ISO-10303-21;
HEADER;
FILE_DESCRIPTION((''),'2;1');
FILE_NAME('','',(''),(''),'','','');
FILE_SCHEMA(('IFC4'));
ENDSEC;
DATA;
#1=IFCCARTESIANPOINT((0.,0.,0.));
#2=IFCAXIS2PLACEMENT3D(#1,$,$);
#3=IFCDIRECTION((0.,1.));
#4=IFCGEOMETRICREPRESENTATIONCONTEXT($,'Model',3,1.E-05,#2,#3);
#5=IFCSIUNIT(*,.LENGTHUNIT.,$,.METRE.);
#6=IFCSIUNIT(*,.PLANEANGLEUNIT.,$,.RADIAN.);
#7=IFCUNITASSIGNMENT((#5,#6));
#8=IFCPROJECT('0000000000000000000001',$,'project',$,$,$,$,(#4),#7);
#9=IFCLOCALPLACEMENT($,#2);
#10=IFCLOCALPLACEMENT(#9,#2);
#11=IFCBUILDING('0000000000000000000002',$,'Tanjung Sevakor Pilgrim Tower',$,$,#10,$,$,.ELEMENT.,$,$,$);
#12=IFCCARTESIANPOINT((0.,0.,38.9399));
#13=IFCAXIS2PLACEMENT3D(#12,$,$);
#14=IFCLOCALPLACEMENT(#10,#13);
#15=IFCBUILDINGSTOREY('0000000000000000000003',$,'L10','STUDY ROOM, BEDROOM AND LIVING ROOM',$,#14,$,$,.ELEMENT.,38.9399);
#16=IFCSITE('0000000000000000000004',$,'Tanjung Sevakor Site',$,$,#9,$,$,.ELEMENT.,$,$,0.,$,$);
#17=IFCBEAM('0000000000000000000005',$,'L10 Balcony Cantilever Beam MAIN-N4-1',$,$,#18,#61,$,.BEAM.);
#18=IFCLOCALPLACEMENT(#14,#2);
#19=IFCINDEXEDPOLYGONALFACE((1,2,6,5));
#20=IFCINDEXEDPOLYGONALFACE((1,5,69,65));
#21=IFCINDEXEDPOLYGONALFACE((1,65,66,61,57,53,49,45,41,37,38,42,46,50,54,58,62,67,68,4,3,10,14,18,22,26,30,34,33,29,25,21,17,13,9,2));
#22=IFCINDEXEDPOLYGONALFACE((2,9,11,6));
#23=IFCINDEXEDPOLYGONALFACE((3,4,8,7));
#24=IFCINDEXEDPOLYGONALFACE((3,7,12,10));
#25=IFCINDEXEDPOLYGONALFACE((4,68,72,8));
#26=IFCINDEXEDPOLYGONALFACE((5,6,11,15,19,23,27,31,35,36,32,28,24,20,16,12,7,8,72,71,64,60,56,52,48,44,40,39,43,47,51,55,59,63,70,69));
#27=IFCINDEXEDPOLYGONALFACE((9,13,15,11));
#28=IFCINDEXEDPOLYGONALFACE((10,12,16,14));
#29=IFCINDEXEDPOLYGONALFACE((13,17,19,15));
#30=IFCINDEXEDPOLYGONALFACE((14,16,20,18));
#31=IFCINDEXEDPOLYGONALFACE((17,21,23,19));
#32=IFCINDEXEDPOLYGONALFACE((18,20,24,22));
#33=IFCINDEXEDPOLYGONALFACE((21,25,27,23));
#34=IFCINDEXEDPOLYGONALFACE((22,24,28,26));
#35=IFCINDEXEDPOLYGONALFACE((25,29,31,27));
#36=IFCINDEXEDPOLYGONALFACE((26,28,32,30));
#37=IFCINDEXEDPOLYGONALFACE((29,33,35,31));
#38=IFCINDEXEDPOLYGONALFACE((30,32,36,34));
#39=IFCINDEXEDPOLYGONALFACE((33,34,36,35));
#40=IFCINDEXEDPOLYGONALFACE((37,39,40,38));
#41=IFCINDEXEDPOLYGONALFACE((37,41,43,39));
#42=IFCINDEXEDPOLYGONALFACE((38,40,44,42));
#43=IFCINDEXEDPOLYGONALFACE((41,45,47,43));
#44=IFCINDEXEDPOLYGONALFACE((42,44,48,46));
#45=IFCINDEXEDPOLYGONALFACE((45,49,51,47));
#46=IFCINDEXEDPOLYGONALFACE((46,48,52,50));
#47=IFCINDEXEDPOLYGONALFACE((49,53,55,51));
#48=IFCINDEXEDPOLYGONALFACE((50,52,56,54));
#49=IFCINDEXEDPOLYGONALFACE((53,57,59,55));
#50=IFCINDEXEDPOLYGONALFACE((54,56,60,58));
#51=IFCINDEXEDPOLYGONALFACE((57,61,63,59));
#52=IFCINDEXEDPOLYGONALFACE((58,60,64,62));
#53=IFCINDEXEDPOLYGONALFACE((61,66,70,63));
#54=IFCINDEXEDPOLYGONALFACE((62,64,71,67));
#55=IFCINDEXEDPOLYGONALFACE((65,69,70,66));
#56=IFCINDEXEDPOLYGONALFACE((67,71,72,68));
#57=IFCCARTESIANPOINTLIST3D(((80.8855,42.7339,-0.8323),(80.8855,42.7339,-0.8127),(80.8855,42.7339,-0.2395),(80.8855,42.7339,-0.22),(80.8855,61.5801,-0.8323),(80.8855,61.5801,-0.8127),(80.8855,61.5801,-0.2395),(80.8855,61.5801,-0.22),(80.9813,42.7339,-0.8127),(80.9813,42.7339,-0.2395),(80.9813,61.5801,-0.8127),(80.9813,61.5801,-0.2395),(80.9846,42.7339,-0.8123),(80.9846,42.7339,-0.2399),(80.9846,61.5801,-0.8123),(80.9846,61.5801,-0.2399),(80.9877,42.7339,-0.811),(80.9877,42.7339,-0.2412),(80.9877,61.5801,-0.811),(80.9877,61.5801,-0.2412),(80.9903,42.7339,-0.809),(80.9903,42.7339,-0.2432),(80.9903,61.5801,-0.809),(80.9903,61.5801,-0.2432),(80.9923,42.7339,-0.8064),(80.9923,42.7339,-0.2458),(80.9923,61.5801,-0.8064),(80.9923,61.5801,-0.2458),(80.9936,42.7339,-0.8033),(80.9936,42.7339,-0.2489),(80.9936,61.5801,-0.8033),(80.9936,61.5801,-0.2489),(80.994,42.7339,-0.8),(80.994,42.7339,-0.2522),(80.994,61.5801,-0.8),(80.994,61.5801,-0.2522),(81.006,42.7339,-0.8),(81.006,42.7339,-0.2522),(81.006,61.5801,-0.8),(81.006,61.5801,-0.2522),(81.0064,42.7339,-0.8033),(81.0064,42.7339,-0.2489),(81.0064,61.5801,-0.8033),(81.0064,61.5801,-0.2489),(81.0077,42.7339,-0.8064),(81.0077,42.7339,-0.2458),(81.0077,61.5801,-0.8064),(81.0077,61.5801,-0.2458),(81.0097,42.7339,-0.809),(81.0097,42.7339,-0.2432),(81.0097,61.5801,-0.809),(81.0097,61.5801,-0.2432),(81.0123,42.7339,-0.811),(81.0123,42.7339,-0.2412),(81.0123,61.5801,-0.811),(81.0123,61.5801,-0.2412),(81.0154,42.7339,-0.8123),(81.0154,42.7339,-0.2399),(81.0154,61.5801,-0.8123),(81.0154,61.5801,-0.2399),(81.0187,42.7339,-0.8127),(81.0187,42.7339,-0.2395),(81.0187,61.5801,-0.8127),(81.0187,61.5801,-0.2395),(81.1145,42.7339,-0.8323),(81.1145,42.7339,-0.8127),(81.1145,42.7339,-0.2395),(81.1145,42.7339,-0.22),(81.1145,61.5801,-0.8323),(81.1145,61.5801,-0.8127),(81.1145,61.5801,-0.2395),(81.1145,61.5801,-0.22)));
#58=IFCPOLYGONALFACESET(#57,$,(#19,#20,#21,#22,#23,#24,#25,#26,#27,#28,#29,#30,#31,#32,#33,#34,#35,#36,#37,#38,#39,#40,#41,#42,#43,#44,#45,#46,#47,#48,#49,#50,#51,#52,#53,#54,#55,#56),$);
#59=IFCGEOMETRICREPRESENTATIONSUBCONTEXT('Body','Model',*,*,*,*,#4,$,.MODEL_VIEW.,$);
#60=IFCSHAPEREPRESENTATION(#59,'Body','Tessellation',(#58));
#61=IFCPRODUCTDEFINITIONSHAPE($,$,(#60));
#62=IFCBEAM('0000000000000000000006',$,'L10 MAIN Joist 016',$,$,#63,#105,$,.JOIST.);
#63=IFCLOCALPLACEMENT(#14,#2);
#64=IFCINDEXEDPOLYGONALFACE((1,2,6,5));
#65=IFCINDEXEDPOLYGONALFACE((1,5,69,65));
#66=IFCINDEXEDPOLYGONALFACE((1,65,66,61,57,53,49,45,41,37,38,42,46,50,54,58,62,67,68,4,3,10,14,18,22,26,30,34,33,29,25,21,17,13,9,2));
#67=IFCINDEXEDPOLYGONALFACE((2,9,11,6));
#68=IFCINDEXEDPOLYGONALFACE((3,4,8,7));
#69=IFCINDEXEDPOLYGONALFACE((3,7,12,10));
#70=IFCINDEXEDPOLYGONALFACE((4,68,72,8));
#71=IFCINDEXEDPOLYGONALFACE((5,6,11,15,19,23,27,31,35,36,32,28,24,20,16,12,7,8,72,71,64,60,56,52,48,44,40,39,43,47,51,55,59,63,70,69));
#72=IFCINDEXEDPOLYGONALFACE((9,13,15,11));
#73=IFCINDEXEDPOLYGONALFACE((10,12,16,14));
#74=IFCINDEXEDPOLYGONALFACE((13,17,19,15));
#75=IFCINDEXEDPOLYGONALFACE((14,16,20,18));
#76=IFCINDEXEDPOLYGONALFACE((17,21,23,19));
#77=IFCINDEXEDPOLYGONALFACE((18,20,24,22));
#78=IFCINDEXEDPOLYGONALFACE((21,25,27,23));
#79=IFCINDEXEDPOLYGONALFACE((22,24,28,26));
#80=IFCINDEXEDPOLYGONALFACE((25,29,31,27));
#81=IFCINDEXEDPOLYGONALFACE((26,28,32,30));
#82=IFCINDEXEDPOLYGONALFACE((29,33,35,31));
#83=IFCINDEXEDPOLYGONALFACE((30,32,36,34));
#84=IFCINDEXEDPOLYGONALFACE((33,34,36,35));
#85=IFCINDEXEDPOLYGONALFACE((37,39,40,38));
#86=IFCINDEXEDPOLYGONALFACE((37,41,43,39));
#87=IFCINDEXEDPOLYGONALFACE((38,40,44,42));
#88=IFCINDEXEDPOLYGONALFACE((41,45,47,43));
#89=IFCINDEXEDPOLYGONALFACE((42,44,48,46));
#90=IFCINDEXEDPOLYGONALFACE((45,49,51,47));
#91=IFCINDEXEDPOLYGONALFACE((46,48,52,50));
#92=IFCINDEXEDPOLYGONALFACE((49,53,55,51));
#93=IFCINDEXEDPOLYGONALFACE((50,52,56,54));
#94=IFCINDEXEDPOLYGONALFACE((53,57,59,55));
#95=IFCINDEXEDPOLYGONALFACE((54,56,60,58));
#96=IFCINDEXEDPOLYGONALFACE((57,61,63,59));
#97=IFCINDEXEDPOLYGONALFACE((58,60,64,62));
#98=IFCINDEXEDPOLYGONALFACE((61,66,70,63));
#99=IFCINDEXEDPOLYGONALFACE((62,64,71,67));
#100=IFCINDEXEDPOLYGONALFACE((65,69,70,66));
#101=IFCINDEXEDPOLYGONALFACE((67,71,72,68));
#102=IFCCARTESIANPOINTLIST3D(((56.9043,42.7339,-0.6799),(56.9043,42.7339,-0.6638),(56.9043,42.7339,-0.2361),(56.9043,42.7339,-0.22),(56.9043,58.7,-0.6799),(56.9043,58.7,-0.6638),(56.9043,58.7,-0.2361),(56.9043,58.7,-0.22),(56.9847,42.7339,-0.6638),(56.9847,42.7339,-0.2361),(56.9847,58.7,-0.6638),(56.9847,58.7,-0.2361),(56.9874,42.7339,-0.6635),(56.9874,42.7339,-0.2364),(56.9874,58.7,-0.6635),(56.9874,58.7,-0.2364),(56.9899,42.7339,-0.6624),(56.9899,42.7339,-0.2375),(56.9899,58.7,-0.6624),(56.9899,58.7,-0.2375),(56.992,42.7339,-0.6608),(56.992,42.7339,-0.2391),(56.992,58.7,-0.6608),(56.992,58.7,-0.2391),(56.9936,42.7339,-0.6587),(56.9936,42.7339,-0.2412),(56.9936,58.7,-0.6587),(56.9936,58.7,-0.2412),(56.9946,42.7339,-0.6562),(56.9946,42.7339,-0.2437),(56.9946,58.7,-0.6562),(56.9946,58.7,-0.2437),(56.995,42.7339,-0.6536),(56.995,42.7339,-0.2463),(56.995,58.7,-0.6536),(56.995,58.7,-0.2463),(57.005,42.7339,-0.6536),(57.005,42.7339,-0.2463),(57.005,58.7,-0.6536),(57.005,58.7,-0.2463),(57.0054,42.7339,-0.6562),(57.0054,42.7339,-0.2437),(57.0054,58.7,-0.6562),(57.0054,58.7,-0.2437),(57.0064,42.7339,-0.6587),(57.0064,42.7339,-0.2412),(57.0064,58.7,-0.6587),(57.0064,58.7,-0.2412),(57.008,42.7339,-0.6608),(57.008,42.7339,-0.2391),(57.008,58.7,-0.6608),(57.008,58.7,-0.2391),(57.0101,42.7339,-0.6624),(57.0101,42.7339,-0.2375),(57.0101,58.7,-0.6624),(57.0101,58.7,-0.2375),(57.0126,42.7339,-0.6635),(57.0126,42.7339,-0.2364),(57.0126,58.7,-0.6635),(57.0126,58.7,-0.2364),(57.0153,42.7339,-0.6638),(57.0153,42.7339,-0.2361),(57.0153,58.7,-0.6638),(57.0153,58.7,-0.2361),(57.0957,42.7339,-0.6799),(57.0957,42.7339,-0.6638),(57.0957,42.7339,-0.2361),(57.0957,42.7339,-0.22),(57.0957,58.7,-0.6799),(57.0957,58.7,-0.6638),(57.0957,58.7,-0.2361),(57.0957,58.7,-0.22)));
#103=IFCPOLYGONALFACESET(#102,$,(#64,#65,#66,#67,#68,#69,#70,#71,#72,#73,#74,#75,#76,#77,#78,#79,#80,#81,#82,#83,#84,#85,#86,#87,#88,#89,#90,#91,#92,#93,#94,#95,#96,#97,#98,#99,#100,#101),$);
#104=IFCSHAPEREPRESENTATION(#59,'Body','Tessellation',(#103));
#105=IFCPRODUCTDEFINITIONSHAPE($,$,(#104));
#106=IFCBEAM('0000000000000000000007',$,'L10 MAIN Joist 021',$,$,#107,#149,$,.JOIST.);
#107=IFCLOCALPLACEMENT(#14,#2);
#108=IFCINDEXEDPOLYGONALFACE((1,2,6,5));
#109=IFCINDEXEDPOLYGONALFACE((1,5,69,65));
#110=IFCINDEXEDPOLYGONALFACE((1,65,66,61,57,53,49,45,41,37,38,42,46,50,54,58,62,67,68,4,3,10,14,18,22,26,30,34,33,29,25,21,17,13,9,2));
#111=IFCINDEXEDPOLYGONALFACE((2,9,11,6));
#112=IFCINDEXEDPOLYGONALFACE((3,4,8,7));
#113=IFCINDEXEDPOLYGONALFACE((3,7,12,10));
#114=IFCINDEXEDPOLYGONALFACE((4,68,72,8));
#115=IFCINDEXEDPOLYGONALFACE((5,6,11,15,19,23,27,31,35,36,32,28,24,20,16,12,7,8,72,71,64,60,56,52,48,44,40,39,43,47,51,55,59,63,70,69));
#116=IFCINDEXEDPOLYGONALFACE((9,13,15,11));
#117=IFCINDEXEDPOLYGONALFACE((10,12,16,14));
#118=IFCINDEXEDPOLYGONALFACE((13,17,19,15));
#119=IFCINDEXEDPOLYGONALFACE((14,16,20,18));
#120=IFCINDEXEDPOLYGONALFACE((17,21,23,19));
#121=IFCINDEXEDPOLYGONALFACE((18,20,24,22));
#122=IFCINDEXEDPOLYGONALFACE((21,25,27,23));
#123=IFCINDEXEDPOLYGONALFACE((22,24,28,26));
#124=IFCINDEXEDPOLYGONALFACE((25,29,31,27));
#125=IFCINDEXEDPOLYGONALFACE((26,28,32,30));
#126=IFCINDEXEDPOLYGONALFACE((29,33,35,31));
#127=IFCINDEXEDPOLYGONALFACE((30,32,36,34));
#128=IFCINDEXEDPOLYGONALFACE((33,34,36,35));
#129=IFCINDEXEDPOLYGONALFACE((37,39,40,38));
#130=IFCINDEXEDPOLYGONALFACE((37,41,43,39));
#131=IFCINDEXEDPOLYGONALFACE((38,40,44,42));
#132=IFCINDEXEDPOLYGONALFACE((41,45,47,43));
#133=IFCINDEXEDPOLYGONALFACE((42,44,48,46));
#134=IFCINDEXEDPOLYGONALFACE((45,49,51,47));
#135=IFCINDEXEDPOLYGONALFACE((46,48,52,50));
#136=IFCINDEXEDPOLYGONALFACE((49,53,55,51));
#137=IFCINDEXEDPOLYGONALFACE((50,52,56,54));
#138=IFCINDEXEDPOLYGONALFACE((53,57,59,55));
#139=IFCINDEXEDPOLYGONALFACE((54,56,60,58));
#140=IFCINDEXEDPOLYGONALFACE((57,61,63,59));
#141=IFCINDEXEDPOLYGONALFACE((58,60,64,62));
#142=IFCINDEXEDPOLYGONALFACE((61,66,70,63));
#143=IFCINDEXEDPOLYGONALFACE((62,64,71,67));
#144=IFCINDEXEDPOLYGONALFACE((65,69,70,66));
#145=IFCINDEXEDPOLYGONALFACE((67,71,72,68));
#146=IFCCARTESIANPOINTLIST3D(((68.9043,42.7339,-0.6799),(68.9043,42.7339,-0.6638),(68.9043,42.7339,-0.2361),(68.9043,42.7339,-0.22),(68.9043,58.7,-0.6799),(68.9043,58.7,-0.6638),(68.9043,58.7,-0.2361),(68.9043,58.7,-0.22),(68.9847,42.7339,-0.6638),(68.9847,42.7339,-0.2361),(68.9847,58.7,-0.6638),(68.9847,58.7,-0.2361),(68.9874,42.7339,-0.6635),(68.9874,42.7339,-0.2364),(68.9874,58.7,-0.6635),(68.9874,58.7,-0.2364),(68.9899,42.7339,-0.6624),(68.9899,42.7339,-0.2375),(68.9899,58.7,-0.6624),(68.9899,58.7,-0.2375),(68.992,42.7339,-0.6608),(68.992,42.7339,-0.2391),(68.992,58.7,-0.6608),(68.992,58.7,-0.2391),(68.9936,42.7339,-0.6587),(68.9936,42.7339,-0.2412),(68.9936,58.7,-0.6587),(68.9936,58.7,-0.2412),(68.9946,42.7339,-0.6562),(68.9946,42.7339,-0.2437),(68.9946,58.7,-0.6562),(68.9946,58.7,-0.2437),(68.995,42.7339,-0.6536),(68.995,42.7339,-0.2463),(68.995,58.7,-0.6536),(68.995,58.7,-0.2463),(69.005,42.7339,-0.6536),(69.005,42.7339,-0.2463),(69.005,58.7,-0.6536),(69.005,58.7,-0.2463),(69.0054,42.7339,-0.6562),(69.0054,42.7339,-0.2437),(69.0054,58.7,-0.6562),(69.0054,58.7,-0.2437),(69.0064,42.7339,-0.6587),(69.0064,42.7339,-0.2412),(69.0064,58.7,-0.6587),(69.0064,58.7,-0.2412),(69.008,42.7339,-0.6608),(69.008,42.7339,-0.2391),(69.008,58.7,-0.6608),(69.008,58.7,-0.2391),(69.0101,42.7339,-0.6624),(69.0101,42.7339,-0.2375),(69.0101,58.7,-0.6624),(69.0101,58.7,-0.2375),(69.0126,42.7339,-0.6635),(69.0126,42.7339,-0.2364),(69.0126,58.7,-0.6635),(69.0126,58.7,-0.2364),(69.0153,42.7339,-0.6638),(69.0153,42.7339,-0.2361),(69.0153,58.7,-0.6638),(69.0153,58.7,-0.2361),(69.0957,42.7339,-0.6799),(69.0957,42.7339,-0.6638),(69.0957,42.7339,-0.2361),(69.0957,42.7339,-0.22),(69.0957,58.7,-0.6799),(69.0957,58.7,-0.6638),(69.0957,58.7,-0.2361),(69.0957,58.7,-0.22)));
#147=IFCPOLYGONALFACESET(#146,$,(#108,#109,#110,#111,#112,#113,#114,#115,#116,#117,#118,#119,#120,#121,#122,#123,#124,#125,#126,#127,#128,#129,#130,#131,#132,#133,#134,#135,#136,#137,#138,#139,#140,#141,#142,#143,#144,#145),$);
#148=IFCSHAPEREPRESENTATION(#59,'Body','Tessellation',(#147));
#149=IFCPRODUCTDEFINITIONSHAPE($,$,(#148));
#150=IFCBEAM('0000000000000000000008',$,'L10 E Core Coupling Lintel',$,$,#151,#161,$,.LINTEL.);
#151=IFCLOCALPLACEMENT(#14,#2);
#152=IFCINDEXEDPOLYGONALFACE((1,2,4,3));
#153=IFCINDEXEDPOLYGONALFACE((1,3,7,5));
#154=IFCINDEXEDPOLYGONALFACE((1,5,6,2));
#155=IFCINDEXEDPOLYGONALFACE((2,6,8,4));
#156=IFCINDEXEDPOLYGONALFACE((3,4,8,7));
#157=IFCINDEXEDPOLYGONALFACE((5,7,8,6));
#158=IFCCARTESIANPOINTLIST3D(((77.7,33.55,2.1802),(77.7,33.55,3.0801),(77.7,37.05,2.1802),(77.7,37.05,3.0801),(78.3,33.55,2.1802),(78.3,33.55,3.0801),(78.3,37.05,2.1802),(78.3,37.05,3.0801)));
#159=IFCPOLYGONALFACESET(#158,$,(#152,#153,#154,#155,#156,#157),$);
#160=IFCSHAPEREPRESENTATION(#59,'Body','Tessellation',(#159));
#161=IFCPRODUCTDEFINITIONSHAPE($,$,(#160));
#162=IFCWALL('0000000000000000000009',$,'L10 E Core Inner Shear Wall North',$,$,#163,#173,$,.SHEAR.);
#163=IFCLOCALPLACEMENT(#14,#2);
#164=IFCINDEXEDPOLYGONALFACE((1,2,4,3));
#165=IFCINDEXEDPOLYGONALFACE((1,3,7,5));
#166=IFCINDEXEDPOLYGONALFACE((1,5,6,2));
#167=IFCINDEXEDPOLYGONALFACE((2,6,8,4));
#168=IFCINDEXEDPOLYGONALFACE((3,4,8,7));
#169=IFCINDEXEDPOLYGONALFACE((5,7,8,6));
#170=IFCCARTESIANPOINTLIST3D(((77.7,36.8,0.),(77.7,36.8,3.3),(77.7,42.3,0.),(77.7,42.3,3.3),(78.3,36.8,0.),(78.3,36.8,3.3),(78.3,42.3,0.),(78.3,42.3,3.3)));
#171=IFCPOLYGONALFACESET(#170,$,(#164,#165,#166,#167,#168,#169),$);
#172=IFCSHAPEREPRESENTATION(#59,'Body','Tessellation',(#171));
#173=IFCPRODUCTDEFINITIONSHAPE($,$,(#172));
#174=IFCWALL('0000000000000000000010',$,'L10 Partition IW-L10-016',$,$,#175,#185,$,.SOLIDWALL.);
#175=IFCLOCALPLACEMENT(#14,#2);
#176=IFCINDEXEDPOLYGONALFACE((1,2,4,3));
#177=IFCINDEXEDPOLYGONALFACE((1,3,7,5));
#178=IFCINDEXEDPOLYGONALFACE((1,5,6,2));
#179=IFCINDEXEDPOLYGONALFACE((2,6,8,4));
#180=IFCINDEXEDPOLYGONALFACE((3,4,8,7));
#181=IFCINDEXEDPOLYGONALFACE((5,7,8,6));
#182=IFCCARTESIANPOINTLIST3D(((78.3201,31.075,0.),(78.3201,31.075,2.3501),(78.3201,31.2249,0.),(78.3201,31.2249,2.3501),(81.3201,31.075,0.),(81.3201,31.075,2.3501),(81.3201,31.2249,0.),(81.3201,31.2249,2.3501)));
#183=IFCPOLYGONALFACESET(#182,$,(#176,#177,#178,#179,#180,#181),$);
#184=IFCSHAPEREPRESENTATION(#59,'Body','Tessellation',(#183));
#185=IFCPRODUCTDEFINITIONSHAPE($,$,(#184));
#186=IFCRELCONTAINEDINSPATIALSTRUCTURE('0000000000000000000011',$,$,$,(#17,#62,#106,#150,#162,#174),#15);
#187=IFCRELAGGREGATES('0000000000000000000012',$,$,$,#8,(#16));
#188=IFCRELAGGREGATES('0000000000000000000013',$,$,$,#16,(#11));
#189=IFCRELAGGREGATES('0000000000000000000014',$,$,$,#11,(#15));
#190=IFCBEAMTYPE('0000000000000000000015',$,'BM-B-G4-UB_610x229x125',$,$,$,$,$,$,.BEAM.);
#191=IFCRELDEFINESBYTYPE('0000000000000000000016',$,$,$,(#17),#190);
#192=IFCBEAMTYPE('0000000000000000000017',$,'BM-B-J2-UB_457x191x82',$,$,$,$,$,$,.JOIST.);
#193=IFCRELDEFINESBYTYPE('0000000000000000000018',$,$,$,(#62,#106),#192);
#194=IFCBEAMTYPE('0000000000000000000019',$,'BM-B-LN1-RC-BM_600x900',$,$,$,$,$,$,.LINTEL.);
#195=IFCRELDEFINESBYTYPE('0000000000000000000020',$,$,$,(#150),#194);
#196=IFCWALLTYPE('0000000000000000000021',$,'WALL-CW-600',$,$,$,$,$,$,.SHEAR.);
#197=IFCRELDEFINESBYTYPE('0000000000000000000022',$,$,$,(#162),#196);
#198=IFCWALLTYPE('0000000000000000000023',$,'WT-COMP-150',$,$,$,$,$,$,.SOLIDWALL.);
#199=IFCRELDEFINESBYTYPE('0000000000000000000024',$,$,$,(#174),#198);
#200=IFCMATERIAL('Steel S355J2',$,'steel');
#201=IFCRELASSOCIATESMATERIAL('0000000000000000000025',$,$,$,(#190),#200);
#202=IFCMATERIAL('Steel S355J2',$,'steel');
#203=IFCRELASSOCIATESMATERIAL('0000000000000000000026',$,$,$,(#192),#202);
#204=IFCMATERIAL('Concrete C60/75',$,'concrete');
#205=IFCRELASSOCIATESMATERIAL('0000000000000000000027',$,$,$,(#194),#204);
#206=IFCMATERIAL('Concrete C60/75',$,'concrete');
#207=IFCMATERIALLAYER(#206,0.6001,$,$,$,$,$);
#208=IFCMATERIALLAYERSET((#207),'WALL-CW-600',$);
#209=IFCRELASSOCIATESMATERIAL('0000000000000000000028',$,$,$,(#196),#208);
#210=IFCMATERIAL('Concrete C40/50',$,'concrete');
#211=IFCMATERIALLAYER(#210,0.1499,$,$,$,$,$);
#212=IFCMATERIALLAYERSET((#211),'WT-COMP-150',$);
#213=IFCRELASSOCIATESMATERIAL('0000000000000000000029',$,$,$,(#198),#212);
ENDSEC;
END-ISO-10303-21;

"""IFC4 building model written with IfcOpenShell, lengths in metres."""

from ifc_helpers import new_model, si_unit, direction, frame, frame_2d, origin, origin_2d, place, context, subcontext, project, spatial, rectangle, i_section, extrude, material, layer, layer_set, material_profile, profile_set, type_object, element, save


model = new_model("IFC4")

# Units and contexts
model_context = context("Model", 3, precision=1e-05, world=origin(), true_north=direction((0.0, 1.0)))
body_context = subcontext(model_context, "Body", "Model", "MODEL_VIEW")
ifc_project = project(units=[si_unit("LENGTHUNIT", "METRE"), si_unit("PLANEANGLEUNIT", "RADIAN")], contexts=[model_context])

# Site, building, storey
site_placement = place(None, origin())
site = spatial("IfcSite", under=ifc_project, at=site_placement, Name="Tanjung Sevakor Site", CompositionType="ELEMENT", RefElevation=0.0)
building_placement = place(site_placement, origin())
building = spatial("IfcBuilding", under=site, at=building_placement, Name="Tanjung Sevakor Pilgrim Tower", CompositionType="ELEMENT")
storey_placement = place(building_placement, frame((0.0, 0.0, 38.9399)))
storey = spatial("IfcBuildingStorey", under=building, at=storey_placement, Name="L10", Description="STUDY ROOM, BEDROOM AND LIVING ROOM", CompositionType="ELEMENT", Elevation=38.9399)

# Beams
ifc_material_1 = material(Name="Steel S355J2", Category="steel")
ifc_material_profile_1 = material_profile(ifc_material_1, i_section(OverallWidth=0.229, OverallDepth=0.6123, WebThickness=0.012, FlangeThickness=0.0195, FilletRadius=0.0127, at=origin_2d()))
ifc_profile_set_1 = profile_set([ifc_material_profile_1], Name="Steel S355J2")
beam_type_1 = type_object("IfcBeamType", Name="BM-B-G4-UB_610x229x125", PredefinedType="BEAM", material=ifc_profile_set_1)
for number, where, z_axis, x_axis, name in (
    (1, (81.0, 42.7339, -0.5261), (0.0, 1.0, 0.0), (-1.0, 0.0, 0.0), "L10 Balcony Cantilever Beam MAIN-N4-1"),
):
    element("IfcBeam", number, at=place(storey_placement, frame(where, z_axis=z_axis, x_axis=x_axis)), inside=storey, type_object=beam_type_1, Name=name, PredefinedType="BEAM", context=body_context, shape_type="SweptSolid", body=[
        extrude(i_section(OverallWidth=0.229, OverallDepth=0.6123, WebThickness=0.012, FlangeThickness=0.0195, FilletRadius=0.0127, at=origin_2d()), origin(), (0.0, 0.0, 1.0), 18.8462),
    ])
ifc_material_2 = material(Name="Steel S355J2", Category="steel")
ifc_material_profile_2 = material_profile(ifc_material_2, i_section(OverallWidth=0.1914, OverallDepth=0.46, WebThickness=0.01, FlangeThickness=0.0161, FilletRadius=0.0103, at=origin_2d()))
ifc_profile_set_2 = profile_set([ifc_material_profile_2], Name="Steel S355J2")
beam_type_2 = type_object("IfcBeamType", Name="BM-B-J2-UB_457x191x82", PredefinedType="JOIST", material=ifc_profile_set_2)
for number, where, z_axis, x_axis, name in (
    (2, (57.0, 42.7339, -0.45), (0.0, 1.0, 0.0), (-1.0, 0.0, 0.0), "L10 MAIN Joist 016"),
    (3, (69.0, 42.7339, -0.45), (0.0, 1.0, 0.0), (-1.0, 0.0, 0.0), "L10 MAIN Joist 021"),
):
    element("IfcBeam", number, at=place(storey_placement, frame(where, z_axis=z_axis, x_axis=x_axis)), inside=storey, type_object=beam_type_2, Name=name, PredefinedType="JOIST", context=body_context, shape_type="SweptSolid", body=[
        extrude(i_section(OverallWidth=0.1914, OverallDepth=0.46, WebThickness=0.01, FlangeThickness=0.0161, FilletRadius=0.0103, at=origin_2d()), origin(), (0.0, 0.0, 1.0), 15.9661),
    ])
ifc_material_3 = material(Name="Concrete C60/75", Category="concrete")
ifc_material_profile_3 = material_profile(ifc_material_3, rectangle(XDim=0.6001, YDim=0.8999, at=origin_2d()))
ifc_profile_set_3 = profile_set([ifc_material_profile_3], Name="Concrete C60/75")
beam_type_3 = type_object("IfcBeamType", Name="BM-B-LN1-RC-BM_600x900", PredefinedType="LINTEL", material=ifc_profile_set_3)
beam_1_placement = place(storey_placement, frame((78.0, 33.55, 2.6301), z_axis=(0.0, 1.0, 0.0), x_axis=(-1.0, 0.0, 0.0)))
element("IfcBeam", 4, at=beam_1_placement, inside=storey, type_object=beam_type_3, Name="L10 E Core Coupling Lintel", PredefinedType="LINTEL", context=body_context, shape_type="SweptSolid", body=[
    extrude(rectangle(XDim=0.6001, YDim=0.8999, at=origin_2d()), origin(), (0.0, 0.0, 1.0), 3.5),
])

# Walls
ifc_material_4 = material(Name="Concrete C60/75", Category="concrete")
ifc_layer_1 = layer(ifc_material_4, 0.6001)
ifc_layer_set_1 = layer_set([ifc_layer_1], Name="WALL-CW-600")
wall_type_1 = type_object("IfcWallType", Name="WALL-CW-600", PredefinedType="SHEAR", material=ifc_layer_set_1)
wall_1_placement = place(storey_placement, frame((78.0, 36.8, 0.0), z_axis=(0.0, 0.0, 1.0), x_axis=(0.0, 1.0, 0.0)))
element("IfcWall", 5, at=wall_1_placement, inside=storey, type_object=wall_type_1, Name="L10 E Core Inner Shear Wall North", PredefinedType="SHEAR", context=body_context, shape_type="SweptSolid", body=[
    extrude(rectangle(XDim=5.5, YDim=0.6001, at=frame_2d((2.75, 0.0))), origin(), (0.0, 0.0, 1.0), 3.3),
])
ifc_material_5 = material(Name="Concrete C40/50", Category="concrete")
ifc_layer_2 = layer(ifc_material_5, 0.1499)
ifc_layer_set_2 = layer_set([ifc_layer_2], Name="WT-COMP-150")
wall_type_2 = type_object("IfcWallType", Name="WT-COMP-150", PredefinedType="SOLIDWALL", material=ifc_layer_set_2)
for number, where, z_axis, x_axis, name in (
    (6, (78.3201, 31.1499, 0.0), (0.0, 0.0, 1.0), (1.0, 0.0, 0.0), "L10 Partition IW-L10-016"),
):
    element("IfcWall", number, at=place(storey_placement, frame(where, z_axis=z_axis, x_axis=x_axis)), inside=storey, type_object=wall_type_2, Name=name, PredefinedType="SOLIDWALL", context=body_context, shape_type="SweptSolid", body=[
        extrude(rectangle(XDim=3.0, YDim=0.1499, at=frame_2d((1.5, 0.0))), origin(), (0.0, 0.0, 1.0), 2.3501),
    ])

save(model, "model.ifc")
